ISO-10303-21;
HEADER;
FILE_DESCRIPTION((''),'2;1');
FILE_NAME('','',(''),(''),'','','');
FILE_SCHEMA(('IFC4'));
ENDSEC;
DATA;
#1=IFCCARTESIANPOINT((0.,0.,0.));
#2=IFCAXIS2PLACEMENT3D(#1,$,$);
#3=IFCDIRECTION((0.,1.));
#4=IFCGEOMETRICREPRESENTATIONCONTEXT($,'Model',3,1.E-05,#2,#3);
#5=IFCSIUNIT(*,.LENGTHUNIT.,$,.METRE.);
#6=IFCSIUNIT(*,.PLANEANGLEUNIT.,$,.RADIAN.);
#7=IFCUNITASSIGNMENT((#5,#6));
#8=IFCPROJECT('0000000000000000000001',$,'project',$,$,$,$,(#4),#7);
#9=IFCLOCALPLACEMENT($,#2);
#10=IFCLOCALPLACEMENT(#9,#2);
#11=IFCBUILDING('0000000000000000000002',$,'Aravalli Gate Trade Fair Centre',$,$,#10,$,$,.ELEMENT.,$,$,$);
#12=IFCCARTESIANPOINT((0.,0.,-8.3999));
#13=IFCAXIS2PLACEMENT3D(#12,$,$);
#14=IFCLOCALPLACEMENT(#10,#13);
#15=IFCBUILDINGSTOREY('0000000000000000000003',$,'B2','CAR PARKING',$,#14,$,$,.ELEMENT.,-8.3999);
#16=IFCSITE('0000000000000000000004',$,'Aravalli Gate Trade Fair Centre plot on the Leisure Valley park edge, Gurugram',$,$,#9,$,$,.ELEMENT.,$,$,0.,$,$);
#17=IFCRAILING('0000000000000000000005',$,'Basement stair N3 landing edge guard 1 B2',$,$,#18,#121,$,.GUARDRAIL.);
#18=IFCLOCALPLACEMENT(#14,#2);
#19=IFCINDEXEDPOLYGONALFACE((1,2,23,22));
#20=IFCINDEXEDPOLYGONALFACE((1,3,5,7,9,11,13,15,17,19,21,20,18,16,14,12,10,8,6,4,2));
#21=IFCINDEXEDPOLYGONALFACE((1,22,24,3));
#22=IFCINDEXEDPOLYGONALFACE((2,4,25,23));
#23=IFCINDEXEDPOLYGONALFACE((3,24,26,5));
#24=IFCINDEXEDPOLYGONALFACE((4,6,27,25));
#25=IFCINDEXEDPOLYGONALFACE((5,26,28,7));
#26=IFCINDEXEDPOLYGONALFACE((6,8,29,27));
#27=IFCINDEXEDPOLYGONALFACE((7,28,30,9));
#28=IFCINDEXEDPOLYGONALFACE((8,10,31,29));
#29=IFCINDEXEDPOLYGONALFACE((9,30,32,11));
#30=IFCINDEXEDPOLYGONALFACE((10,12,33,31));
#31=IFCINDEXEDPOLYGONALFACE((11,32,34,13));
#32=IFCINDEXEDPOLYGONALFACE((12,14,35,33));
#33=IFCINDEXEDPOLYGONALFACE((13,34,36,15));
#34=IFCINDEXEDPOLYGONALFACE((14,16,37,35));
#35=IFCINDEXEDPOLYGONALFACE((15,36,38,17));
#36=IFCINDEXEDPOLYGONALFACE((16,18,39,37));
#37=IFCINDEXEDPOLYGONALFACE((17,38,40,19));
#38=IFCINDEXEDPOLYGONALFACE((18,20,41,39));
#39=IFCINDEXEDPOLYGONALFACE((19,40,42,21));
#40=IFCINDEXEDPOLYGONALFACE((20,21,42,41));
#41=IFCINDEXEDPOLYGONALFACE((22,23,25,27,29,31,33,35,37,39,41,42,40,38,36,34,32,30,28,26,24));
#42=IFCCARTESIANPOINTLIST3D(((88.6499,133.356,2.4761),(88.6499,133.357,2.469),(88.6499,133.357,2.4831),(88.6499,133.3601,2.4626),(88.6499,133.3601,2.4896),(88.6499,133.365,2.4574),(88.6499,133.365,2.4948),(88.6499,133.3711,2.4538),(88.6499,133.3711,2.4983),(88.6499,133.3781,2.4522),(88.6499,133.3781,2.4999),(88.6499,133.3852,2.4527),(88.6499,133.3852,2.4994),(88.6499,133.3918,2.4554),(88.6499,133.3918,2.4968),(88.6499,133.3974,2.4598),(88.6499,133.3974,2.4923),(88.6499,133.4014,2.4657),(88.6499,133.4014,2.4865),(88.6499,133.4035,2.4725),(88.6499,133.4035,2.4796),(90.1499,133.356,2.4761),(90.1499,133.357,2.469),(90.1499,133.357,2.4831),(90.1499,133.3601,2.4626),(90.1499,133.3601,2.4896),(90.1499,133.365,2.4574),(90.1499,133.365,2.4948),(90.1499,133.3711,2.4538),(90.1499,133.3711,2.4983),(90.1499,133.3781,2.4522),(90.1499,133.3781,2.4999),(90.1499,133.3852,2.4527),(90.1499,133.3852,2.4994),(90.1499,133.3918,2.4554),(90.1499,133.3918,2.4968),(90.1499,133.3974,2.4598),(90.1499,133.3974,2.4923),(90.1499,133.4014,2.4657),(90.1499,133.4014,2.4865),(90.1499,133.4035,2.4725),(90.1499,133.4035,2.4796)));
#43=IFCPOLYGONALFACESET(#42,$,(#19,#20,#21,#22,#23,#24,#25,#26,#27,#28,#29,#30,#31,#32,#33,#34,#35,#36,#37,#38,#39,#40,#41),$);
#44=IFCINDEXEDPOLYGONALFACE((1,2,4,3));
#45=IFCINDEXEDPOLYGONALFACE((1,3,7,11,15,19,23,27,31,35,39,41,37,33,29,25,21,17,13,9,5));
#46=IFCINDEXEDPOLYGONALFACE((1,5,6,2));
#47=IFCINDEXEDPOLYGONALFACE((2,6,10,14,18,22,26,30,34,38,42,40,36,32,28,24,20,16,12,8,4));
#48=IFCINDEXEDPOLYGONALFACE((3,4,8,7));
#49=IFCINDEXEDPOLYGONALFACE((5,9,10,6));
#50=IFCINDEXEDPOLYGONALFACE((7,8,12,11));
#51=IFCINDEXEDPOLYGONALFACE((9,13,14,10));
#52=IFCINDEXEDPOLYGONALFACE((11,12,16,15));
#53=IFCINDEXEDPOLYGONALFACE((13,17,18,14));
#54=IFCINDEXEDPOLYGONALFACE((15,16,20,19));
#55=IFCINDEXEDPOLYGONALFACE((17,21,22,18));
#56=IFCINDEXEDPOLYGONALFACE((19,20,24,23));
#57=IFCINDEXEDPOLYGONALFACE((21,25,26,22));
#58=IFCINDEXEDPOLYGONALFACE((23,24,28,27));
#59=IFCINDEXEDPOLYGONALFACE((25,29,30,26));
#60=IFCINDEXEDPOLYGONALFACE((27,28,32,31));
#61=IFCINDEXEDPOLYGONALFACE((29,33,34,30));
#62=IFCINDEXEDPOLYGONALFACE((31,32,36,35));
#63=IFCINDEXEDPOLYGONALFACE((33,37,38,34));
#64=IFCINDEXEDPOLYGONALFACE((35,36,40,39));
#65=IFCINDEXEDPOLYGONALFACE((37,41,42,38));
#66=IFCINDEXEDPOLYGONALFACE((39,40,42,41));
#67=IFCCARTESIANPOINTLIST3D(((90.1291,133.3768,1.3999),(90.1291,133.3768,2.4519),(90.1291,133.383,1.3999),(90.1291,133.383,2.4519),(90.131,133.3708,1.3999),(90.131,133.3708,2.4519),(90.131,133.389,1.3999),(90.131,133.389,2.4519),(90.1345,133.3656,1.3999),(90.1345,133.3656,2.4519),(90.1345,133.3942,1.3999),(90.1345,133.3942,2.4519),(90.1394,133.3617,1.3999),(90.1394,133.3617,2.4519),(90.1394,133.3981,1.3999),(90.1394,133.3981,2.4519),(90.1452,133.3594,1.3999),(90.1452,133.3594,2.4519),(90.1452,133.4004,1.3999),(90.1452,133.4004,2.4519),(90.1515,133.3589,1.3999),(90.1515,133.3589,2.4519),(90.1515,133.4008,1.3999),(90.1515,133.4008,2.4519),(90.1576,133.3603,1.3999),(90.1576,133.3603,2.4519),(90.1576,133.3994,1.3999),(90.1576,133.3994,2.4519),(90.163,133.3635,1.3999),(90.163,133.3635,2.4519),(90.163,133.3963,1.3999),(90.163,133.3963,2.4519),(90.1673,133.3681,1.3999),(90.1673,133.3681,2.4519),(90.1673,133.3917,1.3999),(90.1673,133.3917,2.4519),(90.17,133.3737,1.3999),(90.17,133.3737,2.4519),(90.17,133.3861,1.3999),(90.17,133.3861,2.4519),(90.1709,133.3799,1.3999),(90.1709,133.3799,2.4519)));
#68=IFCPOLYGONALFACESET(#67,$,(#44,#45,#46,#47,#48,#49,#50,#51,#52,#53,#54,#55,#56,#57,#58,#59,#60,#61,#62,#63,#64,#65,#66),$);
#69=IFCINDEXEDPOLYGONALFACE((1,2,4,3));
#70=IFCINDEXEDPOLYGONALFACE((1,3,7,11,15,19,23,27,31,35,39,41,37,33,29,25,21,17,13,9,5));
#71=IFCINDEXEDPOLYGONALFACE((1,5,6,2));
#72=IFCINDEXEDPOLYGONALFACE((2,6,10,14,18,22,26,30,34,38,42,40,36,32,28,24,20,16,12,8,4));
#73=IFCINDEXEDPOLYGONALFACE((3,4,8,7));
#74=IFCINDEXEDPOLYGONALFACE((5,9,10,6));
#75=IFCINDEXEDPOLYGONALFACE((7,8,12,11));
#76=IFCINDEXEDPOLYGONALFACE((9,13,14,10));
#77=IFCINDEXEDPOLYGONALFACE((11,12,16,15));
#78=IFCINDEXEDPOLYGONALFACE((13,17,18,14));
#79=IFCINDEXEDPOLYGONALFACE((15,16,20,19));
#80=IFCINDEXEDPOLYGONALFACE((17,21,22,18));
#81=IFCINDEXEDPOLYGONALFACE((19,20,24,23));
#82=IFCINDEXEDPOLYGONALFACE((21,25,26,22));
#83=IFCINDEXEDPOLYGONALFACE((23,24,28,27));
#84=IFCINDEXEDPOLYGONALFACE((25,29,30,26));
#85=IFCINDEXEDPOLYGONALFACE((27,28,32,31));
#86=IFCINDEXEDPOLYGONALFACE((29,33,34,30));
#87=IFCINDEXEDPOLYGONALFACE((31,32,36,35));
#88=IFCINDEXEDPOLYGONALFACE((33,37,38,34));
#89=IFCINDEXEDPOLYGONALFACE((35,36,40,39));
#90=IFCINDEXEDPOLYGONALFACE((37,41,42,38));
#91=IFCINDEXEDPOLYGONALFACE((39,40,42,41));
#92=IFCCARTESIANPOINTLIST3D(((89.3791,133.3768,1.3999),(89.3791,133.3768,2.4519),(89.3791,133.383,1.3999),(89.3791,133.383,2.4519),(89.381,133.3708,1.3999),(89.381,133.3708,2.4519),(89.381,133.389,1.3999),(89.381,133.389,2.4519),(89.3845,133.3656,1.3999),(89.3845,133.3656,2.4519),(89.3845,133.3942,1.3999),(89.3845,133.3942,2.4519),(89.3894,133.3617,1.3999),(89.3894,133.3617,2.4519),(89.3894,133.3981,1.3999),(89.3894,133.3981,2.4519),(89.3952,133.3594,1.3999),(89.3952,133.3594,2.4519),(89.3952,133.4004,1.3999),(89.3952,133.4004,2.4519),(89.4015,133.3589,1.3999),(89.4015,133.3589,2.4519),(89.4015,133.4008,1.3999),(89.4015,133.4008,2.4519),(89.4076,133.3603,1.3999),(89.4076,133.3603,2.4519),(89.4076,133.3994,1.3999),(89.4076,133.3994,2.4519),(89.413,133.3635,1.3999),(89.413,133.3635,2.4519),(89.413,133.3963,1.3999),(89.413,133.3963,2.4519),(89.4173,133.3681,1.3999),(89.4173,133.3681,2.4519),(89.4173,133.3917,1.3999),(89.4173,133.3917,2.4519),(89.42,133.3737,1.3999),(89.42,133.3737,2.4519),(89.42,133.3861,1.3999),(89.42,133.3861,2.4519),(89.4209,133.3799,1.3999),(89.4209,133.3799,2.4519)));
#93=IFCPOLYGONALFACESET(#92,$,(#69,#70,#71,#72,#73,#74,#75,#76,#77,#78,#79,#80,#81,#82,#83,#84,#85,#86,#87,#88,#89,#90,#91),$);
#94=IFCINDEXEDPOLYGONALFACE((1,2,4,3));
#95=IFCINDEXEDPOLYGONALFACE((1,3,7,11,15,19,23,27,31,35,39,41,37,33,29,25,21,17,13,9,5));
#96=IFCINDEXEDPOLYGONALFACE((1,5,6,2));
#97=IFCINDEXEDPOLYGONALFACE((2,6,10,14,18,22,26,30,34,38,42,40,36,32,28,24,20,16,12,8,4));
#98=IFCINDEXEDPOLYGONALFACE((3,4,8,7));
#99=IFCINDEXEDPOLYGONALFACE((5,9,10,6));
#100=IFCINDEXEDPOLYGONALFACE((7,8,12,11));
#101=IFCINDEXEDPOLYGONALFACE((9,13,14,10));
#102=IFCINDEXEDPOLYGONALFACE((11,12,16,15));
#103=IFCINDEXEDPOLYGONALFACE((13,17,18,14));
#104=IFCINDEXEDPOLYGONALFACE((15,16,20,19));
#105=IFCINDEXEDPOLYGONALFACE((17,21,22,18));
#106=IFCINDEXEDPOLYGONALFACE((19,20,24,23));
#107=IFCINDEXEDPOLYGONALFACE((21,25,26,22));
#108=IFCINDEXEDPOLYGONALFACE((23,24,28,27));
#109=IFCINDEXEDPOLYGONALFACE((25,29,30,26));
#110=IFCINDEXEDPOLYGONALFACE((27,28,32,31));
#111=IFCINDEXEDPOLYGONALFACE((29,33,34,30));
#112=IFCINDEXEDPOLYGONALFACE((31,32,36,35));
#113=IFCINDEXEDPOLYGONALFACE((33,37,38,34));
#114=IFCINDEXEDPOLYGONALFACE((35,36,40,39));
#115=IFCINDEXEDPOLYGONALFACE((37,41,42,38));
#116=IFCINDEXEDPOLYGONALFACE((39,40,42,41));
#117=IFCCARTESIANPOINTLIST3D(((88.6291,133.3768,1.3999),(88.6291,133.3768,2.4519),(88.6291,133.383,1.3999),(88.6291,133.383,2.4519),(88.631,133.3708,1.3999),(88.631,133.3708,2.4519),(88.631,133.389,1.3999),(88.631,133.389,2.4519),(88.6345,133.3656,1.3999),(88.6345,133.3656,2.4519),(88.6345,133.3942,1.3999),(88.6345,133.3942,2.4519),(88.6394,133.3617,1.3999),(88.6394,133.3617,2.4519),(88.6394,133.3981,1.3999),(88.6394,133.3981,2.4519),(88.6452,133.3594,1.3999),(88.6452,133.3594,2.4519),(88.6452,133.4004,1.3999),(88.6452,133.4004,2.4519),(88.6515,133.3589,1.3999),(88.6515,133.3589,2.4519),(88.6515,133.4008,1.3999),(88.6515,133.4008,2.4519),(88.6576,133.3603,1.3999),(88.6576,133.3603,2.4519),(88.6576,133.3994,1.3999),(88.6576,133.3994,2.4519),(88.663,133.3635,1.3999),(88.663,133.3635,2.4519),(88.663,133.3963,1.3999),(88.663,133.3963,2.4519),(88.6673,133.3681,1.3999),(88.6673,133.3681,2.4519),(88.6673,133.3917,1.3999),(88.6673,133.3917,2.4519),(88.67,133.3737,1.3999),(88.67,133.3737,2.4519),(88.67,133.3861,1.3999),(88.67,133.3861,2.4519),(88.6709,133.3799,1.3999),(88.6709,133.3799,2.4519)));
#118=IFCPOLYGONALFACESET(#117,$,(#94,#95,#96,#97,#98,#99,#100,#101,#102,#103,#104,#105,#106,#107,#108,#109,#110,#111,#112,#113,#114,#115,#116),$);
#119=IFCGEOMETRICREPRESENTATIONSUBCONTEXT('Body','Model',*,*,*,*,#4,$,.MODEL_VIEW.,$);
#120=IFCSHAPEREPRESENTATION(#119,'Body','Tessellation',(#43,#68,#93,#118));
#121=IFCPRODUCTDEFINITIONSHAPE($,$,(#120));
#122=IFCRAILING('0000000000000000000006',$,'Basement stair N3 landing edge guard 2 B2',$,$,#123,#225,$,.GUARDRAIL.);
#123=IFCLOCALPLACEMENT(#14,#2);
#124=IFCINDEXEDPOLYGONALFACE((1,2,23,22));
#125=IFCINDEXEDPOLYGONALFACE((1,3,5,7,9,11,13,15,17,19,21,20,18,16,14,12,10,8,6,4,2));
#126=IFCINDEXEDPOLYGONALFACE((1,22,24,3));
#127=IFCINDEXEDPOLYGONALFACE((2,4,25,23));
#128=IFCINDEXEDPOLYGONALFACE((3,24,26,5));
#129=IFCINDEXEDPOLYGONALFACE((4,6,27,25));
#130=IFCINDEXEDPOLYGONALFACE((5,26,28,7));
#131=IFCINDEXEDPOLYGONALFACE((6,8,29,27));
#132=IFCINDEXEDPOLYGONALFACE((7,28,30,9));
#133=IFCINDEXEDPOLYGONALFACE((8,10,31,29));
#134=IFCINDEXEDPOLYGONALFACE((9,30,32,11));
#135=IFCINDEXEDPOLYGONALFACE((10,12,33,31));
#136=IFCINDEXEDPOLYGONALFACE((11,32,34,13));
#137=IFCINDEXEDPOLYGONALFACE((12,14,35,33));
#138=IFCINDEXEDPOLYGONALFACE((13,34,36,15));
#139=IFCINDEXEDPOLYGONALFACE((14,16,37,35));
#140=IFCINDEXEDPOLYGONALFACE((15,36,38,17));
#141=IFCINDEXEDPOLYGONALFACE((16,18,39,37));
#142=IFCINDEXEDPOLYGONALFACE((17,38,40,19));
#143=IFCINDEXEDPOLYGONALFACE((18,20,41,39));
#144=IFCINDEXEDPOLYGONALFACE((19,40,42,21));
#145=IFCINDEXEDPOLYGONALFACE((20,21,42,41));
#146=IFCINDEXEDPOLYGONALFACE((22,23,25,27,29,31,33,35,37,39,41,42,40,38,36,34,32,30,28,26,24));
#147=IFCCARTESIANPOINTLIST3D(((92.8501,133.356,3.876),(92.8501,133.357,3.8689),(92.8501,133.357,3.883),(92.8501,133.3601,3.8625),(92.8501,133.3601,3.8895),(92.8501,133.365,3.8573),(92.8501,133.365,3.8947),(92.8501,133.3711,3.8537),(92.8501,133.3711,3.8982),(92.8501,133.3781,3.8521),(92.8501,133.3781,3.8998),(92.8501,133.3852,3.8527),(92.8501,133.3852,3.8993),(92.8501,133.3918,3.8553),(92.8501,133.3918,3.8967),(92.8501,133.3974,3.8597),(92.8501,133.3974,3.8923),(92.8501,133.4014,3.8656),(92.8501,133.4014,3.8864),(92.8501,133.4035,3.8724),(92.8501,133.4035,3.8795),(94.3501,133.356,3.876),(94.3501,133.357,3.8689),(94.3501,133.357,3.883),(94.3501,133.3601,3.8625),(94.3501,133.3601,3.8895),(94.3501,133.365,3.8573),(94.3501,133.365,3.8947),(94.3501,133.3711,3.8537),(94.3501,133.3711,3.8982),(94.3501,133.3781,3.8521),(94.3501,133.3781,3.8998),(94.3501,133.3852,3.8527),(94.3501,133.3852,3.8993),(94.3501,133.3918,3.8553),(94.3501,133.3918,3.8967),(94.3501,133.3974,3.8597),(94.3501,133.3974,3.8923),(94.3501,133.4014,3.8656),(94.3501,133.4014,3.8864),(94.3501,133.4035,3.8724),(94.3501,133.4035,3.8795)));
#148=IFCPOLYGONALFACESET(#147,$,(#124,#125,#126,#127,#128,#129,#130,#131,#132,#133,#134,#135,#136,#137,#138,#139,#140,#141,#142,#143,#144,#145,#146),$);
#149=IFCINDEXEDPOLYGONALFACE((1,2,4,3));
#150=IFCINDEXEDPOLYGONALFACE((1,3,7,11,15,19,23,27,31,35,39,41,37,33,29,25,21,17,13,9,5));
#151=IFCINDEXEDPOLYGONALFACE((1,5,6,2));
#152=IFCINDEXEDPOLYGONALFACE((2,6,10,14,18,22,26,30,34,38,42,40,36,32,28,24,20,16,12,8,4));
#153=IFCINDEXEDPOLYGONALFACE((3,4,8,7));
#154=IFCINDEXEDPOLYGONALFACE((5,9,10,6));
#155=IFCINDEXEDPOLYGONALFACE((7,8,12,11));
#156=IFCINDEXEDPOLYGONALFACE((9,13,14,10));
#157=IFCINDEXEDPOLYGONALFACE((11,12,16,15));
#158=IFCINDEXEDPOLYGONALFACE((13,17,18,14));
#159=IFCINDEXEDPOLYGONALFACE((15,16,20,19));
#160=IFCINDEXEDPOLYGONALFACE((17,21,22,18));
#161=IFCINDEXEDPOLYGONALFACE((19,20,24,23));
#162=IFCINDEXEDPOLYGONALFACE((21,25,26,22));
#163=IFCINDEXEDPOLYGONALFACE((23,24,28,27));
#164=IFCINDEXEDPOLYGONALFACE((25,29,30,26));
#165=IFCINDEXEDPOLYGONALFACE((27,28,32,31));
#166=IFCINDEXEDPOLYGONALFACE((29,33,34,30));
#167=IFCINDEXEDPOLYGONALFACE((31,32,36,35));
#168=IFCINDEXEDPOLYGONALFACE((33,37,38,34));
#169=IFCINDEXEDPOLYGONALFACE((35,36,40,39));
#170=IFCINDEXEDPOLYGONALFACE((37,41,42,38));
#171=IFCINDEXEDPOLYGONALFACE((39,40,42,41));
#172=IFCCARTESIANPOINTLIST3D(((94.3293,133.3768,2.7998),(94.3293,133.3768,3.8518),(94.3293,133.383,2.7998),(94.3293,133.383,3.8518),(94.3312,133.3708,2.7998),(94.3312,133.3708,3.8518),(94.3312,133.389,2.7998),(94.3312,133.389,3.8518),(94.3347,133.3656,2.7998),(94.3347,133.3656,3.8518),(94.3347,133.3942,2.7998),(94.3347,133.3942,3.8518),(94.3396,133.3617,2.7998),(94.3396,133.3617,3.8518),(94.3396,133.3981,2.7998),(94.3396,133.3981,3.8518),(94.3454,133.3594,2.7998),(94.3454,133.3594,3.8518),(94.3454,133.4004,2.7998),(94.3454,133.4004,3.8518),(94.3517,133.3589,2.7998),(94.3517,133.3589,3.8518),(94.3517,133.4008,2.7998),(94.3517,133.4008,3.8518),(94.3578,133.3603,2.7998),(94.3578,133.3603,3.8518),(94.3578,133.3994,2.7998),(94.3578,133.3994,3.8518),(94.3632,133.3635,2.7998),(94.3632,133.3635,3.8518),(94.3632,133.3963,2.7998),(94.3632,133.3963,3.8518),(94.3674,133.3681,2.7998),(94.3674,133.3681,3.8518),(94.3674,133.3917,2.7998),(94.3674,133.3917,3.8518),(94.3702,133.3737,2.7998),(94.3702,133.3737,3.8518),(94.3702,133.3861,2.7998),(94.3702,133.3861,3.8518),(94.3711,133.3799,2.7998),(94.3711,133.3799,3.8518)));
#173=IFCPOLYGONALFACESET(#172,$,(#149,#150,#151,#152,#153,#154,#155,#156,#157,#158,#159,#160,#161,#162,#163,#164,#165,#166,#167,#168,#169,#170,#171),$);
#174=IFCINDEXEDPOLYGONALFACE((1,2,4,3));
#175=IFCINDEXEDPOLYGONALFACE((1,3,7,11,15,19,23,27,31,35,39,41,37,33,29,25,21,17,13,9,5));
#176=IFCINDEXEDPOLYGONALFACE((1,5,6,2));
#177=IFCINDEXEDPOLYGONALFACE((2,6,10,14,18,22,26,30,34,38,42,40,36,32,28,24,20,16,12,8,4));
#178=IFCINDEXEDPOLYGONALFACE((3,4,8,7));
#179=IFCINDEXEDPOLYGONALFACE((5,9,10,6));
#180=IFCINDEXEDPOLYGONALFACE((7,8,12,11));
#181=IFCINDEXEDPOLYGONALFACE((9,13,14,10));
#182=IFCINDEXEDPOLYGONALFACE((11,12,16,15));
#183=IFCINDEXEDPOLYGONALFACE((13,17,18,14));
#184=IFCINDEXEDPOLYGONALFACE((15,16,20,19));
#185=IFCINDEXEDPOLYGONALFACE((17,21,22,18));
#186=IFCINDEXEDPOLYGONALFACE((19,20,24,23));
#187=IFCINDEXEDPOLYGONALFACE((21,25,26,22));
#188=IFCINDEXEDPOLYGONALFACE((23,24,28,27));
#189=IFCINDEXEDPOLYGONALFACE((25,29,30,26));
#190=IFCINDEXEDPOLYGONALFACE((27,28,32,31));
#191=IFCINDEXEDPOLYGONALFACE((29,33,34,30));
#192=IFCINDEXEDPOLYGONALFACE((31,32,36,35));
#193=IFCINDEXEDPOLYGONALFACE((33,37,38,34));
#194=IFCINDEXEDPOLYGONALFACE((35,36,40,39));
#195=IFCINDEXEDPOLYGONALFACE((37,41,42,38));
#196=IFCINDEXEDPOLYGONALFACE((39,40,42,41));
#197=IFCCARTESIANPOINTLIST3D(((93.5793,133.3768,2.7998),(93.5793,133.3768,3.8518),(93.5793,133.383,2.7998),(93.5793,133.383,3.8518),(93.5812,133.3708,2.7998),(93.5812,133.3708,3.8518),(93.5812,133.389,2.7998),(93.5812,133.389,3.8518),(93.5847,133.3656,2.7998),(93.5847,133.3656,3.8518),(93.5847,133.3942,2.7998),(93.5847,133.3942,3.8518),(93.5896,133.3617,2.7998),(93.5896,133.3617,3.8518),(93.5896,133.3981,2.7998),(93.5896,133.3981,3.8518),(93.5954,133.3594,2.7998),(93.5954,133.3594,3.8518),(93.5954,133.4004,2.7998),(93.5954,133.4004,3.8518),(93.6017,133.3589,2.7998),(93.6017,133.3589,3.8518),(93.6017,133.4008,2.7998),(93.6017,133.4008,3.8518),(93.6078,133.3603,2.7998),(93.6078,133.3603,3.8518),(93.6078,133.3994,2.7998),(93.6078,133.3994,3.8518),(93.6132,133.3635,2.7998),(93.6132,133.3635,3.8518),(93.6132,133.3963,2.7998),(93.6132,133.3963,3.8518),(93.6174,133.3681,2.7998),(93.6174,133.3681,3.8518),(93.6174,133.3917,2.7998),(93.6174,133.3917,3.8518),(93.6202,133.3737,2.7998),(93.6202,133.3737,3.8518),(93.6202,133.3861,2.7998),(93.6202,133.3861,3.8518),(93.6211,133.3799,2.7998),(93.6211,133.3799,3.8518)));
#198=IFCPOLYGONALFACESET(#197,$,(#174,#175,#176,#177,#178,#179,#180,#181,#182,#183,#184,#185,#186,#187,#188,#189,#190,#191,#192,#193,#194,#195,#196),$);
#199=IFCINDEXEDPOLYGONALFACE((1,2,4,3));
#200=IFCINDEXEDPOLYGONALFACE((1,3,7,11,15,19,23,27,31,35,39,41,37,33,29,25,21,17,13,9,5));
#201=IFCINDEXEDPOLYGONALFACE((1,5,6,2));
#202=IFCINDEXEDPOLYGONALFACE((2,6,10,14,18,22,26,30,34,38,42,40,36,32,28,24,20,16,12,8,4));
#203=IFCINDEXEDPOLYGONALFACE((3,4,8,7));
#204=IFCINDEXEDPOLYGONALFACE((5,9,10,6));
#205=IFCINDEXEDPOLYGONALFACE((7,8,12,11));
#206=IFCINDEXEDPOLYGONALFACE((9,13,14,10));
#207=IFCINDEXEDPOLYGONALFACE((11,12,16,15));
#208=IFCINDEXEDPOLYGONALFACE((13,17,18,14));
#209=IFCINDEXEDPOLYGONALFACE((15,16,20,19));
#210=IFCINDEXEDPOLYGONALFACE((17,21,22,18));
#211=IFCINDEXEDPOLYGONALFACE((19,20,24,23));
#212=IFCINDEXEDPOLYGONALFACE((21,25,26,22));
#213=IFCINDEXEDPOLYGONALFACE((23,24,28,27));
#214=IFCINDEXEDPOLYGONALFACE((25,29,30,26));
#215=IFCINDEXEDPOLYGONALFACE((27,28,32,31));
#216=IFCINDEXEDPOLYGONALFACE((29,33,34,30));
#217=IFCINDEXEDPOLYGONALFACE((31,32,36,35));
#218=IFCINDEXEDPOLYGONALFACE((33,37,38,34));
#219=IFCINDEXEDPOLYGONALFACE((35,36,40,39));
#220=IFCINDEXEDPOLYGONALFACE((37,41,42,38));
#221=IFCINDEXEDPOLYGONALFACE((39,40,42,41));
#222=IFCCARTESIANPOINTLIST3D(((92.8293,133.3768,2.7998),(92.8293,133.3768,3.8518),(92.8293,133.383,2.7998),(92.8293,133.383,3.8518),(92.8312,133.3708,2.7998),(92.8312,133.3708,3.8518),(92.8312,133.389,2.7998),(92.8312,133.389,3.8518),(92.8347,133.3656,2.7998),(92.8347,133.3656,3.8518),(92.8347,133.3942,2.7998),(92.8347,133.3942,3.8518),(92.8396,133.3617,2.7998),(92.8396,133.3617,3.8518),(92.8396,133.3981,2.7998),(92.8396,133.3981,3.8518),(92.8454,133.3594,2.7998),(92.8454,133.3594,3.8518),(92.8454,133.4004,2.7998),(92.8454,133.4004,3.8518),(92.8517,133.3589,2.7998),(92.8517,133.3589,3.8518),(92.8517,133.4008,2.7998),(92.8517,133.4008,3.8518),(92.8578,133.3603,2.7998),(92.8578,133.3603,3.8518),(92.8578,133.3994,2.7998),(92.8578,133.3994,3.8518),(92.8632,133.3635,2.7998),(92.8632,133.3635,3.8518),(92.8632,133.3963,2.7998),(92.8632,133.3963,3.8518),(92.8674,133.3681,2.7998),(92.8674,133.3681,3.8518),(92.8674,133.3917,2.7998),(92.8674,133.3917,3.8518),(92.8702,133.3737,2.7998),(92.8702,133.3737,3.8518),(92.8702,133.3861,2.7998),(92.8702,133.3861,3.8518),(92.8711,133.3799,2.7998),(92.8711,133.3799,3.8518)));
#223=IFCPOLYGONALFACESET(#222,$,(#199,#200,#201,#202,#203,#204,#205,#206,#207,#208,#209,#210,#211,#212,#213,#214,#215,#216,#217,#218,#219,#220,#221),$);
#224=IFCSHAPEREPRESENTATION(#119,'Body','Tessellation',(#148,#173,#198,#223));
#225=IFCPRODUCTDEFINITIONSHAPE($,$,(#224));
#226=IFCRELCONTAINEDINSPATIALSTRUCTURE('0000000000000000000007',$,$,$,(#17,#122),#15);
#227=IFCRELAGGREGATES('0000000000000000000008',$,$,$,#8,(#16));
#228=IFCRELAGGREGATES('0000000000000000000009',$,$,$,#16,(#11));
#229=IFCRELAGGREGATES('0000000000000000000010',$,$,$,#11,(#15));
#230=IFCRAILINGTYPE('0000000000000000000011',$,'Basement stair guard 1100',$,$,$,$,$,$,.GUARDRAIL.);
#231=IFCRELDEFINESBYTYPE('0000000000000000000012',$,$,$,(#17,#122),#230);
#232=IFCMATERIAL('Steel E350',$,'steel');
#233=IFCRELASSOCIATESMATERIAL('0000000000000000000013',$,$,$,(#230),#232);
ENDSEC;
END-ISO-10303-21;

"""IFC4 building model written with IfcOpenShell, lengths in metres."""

from ifc_helpers import new_model, si_unit, direction, frame, origin, origin_2d, place, context, subcontext, project, spatial, circle, extrude, material, type_object, element, save


model = new_model("IFC4")

# Units and contexts
model_context = context("Model", 3, precision=1e-05, world=origin(), true_north=direction((0.0, 1.0)))
body_context = subcontext(model_context, "Body", "Model", "MODEL_VIEW")
ifc_project = project(units=[si_unit("LENGTHUNIT", "METRE"), si_unit("PLANEANGLEUNIT", "RADIAN")], contexts=[model_context])

# Site, building, storey
site_placement = place(None, origin())
site = spatial("IfcSite", under=ifc_project, at=site_placement, Name="Aravalli Gate Trade Fair Centre plot on the Leisure Valley park edge, Gurugram", CompositionType="ELEMENT", RefElevation=0.0)
building_placement = place(site_placement, origin())
building = spatial("IfcBuilding", under=site, at=building_placement, Name="Aravalli Gate Trade Fair Centre", CompositionType="ELEMENT")
storey_placement = place(building_placement, frame((0.0, 0.0, -8.3999)))
storey = spatial("IfcBuildingStorey", under=building, at=storey_placement, Name="B2", Description="CAR PARKING", CompositionType="ELEMENT", Elevation=-8.3999)

# Railings
ifc_material_1 = material(Name="Steel E350", Category="steel")
railing_type_1 = type_object("IfcRailingType", Name="Basement stair guard 1100", PredefinedType="GUARDRAIL", material=ifc_material_1)
for number, where, name in (
    (1, (90.1499, 133.3799, 1.3999), "Basement stair N3 landing edge guard 1 B2"),
    (2, (94.3501, 133.3799, 2.7998), "Basement stair N3 landing edge guard 2 B2"),
):
    element("IfcRailing", number, at=place(storey_placement, frame(where)), inside=storey, type_object=railing_type_1, Name=name, PredefinedType="GUARDRAIL", context=body_context, shape_type="SweptSolid", body=[
        extrude(circle(Radius=0.0239, at=origin_2d()), frame((0.0, 0.0, 1.0762), z_axis=(-1.0, 0.0, 0.0), x_axis=(0.0, -1.0, 0.0)), (0.0, 0.0, 1.0), 1.5),
        extrude(circle(Radius=0.021, at=origin_2d()), origin(), (0.0, 0.0, 1.0), 1.052),
        extrude(circle(Radius=0.021, at=origin_2d()), frame((-0.75, 0.0, 0.0)), (0.0, 0.0, 1.0), 1.052),
        extrude(circle(Radius=0.021, at=origin_2d()), frame((-1.5, 0.0, 0.0)), (0.0, 0.0, 1.0), 1.052),
    ])

save(model, "model.ifc")
